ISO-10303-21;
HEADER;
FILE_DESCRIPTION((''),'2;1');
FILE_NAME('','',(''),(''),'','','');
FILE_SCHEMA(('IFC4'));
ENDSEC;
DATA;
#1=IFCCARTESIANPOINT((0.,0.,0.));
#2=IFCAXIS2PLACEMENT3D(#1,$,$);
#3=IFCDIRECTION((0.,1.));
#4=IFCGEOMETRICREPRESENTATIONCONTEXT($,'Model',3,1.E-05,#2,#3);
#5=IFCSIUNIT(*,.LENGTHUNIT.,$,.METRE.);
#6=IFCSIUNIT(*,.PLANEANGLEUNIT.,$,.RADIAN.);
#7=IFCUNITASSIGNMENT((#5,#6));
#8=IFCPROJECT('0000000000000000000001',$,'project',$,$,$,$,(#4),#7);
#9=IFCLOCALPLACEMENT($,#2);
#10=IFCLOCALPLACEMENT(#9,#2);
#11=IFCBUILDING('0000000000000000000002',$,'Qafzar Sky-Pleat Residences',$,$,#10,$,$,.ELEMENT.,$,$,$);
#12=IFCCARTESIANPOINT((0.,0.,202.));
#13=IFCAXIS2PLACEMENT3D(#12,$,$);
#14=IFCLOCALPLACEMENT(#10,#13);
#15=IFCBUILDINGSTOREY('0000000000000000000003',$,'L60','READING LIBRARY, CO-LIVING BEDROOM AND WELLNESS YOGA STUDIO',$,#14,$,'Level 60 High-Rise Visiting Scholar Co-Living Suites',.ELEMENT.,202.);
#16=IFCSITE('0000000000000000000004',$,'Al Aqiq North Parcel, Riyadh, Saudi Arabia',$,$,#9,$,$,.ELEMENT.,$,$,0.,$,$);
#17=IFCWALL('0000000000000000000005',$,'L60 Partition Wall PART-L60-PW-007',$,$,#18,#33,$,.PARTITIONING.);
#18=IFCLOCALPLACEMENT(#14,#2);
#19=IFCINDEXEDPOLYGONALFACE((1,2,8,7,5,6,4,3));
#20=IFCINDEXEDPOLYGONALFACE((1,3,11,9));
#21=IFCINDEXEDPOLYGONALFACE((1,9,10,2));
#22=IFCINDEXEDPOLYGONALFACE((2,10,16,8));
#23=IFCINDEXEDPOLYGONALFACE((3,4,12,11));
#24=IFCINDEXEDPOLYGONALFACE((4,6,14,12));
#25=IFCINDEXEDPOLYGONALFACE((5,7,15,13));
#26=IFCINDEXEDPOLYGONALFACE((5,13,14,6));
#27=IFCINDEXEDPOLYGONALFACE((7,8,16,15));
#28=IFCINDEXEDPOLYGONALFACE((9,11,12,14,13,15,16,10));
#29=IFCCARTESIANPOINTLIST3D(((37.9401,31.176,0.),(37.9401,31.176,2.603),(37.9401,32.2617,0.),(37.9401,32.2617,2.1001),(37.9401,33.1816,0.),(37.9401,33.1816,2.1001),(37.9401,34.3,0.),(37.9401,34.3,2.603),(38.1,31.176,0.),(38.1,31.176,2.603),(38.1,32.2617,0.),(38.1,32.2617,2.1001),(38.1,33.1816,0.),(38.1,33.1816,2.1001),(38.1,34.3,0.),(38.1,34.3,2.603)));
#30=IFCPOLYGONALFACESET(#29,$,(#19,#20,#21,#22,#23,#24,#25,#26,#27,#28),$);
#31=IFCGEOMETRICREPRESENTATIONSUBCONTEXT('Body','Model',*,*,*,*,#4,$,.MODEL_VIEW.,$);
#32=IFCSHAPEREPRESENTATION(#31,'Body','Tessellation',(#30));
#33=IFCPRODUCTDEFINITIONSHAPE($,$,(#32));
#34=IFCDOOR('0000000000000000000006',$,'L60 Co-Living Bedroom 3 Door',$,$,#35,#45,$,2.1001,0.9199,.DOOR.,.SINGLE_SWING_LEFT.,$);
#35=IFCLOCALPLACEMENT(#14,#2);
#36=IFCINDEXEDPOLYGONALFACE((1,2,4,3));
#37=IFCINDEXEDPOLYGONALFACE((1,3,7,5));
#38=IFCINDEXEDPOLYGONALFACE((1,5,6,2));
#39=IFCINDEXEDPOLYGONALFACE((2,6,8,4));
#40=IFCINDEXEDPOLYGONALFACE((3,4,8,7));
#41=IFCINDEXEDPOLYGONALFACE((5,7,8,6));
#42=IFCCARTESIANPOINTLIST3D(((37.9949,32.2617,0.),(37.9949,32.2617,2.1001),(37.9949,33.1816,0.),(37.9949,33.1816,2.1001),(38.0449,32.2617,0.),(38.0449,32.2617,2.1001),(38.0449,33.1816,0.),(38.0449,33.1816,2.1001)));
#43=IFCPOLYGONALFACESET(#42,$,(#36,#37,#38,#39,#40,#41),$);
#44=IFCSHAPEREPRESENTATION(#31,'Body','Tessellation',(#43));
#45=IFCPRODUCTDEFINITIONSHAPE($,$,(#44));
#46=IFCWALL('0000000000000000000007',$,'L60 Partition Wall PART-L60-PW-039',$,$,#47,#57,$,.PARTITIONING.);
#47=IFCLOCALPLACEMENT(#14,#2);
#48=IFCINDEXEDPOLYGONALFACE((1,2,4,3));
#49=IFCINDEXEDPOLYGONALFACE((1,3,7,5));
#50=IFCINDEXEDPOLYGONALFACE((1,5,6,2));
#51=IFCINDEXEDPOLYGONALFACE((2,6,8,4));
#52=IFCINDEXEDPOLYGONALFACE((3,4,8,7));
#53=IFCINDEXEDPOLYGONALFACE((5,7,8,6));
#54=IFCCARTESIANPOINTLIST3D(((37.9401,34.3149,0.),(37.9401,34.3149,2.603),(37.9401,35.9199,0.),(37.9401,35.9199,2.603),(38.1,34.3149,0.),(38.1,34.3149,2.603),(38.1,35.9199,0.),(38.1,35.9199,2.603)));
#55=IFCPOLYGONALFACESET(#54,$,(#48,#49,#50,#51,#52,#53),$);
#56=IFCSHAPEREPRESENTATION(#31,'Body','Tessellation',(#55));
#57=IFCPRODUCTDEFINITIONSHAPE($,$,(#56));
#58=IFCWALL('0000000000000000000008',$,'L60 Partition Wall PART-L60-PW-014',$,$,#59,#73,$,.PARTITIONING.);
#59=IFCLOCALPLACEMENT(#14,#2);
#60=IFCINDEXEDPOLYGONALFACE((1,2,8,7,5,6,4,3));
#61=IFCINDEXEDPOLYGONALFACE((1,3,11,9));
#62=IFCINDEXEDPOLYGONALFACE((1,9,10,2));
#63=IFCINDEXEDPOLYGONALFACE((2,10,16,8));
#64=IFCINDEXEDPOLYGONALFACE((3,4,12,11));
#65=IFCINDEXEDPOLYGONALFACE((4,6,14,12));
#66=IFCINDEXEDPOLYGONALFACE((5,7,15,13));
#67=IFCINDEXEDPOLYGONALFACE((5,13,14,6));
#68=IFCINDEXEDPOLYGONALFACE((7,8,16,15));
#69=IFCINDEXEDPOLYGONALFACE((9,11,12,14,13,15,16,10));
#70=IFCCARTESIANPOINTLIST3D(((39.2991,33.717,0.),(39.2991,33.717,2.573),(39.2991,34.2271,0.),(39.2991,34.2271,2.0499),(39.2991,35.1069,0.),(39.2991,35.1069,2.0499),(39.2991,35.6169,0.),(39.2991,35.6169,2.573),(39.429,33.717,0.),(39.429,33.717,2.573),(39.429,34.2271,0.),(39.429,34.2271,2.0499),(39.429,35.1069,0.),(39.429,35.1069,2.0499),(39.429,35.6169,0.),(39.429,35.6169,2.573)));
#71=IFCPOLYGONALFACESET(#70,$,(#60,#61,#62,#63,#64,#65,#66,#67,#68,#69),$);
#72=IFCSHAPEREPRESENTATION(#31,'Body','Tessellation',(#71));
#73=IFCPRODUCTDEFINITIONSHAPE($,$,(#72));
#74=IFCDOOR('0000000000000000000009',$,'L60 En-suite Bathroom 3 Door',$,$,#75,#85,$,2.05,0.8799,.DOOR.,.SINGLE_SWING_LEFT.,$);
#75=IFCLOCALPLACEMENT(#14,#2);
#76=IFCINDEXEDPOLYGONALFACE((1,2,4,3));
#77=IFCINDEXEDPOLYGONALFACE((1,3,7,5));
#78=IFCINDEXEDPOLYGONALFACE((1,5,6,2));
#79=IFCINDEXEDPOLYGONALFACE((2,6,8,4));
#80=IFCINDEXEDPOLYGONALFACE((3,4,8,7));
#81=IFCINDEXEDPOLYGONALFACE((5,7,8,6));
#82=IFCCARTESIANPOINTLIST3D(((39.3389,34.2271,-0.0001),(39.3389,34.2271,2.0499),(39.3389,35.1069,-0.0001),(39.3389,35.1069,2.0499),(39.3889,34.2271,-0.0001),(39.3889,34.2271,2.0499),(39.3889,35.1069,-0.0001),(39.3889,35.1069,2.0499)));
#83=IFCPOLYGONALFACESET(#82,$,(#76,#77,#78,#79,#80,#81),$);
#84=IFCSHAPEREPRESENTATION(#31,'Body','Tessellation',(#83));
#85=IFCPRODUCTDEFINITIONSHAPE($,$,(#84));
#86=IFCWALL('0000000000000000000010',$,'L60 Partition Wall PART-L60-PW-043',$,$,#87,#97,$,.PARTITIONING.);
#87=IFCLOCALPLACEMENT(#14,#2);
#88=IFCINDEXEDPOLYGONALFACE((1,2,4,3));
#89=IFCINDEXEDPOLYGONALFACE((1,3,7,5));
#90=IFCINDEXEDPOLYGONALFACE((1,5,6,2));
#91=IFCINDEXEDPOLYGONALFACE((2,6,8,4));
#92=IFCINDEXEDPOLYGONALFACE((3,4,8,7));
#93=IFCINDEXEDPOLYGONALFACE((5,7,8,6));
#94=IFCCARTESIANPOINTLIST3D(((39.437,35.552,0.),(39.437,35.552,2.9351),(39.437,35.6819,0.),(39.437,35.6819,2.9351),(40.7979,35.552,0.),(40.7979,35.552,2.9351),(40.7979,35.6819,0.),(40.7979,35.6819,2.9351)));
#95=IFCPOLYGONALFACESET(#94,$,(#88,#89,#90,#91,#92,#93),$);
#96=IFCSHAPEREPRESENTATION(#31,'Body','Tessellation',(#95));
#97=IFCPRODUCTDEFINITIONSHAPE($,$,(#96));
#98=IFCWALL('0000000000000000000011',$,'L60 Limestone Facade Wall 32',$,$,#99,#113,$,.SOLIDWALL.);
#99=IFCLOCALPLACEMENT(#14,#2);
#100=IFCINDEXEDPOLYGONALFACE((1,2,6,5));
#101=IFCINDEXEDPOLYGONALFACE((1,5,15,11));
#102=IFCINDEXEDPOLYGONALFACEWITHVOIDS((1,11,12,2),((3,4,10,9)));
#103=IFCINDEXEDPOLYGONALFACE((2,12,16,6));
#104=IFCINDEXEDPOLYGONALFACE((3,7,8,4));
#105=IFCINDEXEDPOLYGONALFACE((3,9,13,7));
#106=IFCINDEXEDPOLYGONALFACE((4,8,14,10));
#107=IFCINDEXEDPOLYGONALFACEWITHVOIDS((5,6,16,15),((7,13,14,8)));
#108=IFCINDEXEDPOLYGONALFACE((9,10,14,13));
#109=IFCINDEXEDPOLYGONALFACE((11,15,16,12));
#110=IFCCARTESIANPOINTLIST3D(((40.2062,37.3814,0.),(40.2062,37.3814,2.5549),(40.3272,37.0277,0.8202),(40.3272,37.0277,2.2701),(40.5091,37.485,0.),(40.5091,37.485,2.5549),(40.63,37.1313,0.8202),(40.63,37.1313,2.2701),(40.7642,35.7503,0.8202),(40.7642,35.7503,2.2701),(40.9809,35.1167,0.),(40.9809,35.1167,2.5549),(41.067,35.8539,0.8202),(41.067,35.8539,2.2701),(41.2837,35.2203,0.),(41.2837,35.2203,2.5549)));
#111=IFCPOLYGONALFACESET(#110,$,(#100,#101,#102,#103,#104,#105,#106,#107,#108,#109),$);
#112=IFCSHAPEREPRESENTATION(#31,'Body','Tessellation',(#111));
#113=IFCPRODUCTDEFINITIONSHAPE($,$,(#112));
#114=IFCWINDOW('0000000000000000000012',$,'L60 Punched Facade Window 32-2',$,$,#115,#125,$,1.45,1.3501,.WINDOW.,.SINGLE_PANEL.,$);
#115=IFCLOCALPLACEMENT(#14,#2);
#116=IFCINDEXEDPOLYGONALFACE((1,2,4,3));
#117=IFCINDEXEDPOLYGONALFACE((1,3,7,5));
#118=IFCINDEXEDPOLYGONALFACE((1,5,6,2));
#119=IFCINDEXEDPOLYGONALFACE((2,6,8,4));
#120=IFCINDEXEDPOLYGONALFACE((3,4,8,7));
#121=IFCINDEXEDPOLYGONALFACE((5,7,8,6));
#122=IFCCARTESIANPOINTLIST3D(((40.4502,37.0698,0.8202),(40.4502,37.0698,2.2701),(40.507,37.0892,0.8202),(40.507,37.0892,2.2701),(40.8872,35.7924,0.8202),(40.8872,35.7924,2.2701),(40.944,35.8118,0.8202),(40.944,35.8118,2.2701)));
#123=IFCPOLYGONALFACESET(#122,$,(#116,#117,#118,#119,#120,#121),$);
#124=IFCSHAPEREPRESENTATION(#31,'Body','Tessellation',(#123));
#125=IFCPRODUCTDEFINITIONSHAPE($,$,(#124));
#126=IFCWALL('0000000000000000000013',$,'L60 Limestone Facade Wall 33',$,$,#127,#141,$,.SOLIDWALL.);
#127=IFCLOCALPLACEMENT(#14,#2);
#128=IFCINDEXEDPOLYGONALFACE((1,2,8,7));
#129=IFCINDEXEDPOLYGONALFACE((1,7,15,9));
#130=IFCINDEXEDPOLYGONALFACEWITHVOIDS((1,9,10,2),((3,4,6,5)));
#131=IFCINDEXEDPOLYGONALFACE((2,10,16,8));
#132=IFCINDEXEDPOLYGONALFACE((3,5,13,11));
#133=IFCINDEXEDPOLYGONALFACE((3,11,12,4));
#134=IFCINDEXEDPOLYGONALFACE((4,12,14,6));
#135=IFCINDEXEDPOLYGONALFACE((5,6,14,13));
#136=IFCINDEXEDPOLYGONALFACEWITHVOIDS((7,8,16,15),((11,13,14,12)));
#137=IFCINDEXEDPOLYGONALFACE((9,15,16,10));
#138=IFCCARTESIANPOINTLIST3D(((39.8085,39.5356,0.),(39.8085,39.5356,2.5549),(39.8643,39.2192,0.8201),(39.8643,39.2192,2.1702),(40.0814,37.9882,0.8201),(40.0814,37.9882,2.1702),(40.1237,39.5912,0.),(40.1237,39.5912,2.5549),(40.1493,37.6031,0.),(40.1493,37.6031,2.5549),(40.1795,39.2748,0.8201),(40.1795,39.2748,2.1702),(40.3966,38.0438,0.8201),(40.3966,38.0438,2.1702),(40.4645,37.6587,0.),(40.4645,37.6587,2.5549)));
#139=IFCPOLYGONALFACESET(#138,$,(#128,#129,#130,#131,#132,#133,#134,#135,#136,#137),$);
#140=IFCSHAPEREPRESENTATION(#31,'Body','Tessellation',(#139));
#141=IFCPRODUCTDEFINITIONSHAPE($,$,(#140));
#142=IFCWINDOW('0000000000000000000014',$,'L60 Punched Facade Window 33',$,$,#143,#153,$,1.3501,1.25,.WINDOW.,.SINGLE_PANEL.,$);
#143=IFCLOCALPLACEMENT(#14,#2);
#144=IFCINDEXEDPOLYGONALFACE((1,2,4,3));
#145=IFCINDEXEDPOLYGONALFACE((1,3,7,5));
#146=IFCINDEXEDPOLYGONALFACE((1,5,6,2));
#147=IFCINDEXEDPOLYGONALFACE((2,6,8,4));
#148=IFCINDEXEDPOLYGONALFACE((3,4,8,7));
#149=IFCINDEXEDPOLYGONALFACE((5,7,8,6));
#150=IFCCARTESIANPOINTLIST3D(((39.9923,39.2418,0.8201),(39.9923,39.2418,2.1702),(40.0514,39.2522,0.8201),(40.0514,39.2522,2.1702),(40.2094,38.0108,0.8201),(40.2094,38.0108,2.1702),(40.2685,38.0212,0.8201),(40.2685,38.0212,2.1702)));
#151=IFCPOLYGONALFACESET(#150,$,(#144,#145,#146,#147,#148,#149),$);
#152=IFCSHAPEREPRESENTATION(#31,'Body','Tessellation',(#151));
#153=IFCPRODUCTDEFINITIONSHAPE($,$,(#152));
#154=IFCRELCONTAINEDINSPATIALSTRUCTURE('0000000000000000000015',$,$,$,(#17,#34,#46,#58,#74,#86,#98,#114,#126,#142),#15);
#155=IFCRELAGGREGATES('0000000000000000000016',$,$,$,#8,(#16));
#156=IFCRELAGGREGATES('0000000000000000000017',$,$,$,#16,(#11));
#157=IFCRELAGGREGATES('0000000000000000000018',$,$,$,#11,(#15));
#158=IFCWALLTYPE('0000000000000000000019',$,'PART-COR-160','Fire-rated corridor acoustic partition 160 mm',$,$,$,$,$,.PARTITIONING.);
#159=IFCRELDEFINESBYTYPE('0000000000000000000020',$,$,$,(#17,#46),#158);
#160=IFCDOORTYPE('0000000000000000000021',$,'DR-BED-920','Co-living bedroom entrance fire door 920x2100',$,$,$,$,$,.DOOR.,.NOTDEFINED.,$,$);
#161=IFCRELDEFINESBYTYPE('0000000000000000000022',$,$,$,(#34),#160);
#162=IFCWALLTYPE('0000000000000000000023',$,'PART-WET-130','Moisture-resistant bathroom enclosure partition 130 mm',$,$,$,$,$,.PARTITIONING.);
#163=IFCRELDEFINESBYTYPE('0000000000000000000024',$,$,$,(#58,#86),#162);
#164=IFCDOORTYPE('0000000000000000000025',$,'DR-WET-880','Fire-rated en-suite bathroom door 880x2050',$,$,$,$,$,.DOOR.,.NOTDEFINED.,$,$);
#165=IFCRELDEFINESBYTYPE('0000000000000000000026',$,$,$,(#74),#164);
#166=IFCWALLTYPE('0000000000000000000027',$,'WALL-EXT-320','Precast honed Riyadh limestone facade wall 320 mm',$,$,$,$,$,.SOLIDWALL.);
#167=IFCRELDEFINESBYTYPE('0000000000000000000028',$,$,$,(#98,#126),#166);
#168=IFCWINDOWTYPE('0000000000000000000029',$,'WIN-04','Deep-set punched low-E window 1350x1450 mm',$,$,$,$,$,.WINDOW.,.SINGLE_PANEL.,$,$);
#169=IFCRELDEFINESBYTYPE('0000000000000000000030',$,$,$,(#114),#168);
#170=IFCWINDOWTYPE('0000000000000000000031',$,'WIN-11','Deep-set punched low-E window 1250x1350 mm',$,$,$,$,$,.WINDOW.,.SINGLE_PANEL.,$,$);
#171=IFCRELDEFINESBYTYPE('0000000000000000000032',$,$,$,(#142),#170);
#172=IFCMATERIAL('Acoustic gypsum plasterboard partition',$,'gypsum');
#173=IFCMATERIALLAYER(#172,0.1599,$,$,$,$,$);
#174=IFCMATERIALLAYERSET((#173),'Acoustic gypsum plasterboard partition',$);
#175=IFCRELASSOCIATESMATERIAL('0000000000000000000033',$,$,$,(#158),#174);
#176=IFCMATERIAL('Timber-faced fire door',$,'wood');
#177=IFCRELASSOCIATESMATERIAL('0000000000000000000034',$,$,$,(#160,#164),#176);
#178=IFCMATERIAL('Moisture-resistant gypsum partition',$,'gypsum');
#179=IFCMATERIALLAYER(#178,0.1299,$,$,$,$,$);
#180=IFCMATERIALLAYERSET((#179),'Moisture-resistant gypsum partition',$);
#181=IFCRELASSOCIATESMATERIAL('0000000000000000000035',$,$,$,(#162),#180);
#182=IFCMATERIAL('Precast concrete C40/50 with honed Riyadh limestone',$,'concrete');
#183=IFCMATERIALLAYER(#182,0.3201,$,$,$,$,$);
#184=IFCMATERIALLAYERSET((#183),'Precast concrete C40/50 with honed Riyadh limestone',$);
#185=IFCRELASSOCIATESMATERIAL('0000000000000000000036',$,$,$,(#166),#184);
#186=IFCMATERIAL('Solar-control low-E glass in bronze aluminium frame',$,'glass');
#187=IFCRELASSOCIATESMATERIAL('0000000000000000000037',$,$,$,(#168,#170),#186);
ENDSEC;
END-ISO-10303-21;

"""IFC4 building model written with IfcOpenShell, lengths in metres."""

from ifc_helpers import new_model, si_unit, direction, frame, frame_2d, origin, place, context, subcontext, project, spatial, rectangle, extrude, source, transform, mapped, material, layer, layer_set, type_object, element, fill, save


model = new_model("IFC4")

# Units and contexts
model_context = context("Model", 3, precision=1e-05, world=origin(), true_north=direction((0.0, 1.0)))
body_context = subcontext(model_context, "Body", "Model", "MODEL_VIEW")
ifc_project = project(units=[si_unit("LENGTHUNIT", "METRE"), si_unit("PLANEANGLEUNIT", "RADIAN")], contexts=[model_context])

# Site, building, storey
site_placement = place(None, origin())
site = spatial("IfcSite", under=ifc_project, at=site_placement, Name="Al Aqiq North Parcel, Riyadh, Saudi Arabia", CompositionType="ELEMENT", RefElevation=0.0)
building_placement = place(site_placement, origin())
building = spatial("IfcBuilding", under=site, at=building_placement, Name="Qafzar Sky-Pleat Residences", CompositionType="ELEMENT")
storey_placement = place(building_placement, frame((0.0, 0.0, 202.0)))
storey = spatial("IfcBuildingStorey", under=building, at=storey_placement, Name="L60", Description="READING LIBRARY, CO-LIVING BEDROOM AND WELLNESS YOGA STUDIO", LongName="Level 60 High-Rise Visiting Scholar Co-Living Suites", CompositionType="ELEMENT", Elevation=202.0)

# Wall, opening, door
ifc_material_1 = material(Name="Acoustic gypsum plasterboard partition", Category="gypsum")
ifc_layer_1 = layer(ifc_material_1, 0.1599)
ifc_layer_set_1 = layer_set([ifc_layer_1], Name="Acoustic gypsum plasterboard partition")
wall_type_1 = type_object("IfcWallType", Name="PART-COR-160", Description="Fire-rated corridor acoustic partition 160 mm", PredefinedType="PARTITIONING", material=ifc_layer_set_1)
wall_1_placement = place(storey_placement, frame((38.02, 34.3, 0.0), z_axis=(0.0, 0.0, 1.0), x_axis=(0.0, -1.0, 0.0)))
wall_1 = element("IfcWall", 1, at=wall_1_placement, inside=storey, type_object=wall_type_1, Name="L60 Partition Wall PART-L60-PW-007", PredefinedType="PARTITIONING", context=body_context, shape_type="SweptSolid", body=[
    extrude(rectangle(XDim=3.124, YDim=0.1599, at=frame_2d((1.562, 0.0))), origin(), (0.0, 0.0, 1.0), 2.603),
])
opening_1_placement = place(wall_1_placement, frame((1.1184, 0.0, 0.0)))
opening_1 = element("IfcOpeningElement", 2, at=opening_1_placement, cuts=wall_1, PredefinedType="OPENING", context=body_context, shape_type="SweptSolid", body=[
    extrude(rectangle(XDim=0.9199, YDim=2.1001, at=frame_2d((0.46, 1.05))), frame((0.0, 0.0898, 0.0), z_axis=(0.0, -1.0, 0.0), x_axis=(1.0, 0.0, 0.0)), (0.0, 0.0, 1.0), 0.1799),
])
ifc_material_2 = material(Name="Timber-faced fire door", Category="wood")
door_type_1 = type_object("IfcDoorType", Name="DR-BED-920", Description="Co-living bedroom entrance fire door 920x2100", OperationType="NOTDEFINED", PredefinedType="DOOR", material=ifc_material_2)
shared_shape_1 = source(origin(), body_context, "Body", "SweptSolid", [
    extrude(rectangle(XDim=0.9199, YDim=2.1001, at=frame_2d((0.46, 1.05))), frame((0.0, 0.0249, 0.0), z_axis=(0.0, -1.0, 0.0), x_axis=(1.0, 0.0, 0.0)), (0.0, 0.0, 1.0), 0.05),
])
door_1_placement = place(opening_1_placement, origin())
door_1 = element("IfcDoor", 3, at=door_1_placement, inside=storey, type_object=door_type_1, Name="L60 Co-Living Bedroom 3 Door", OperationType="SINGLE_SWING_LEFT", OverallHeight=2.1001, OverallWidth=0.9199, PredefinedType="DOOR", context=body_context, shape_type="MappedRepresentation", body=[
    mapped(shared_shape_1, transform((0.0, 0.0, 0.0), x_axis=(1.0, 0.0, 0.0), y_axis=(0.0, 1.0, 0.0), z_axis=(0.0, 0.0, 1.0), scale=1.0)),
])
fill(opening_1, door_1)

# Wall
wall_2_placement = place(storey_placement, frame((38.02, 34.3149, 0.0), z_axis=(0.0, 0.0, 1.0), x_axis=(0.0, 1.0, 0.0)))
element("IfcWall", 4, at=wall_2_placement, inside=storey, type_object=wall_type_1, Name="L60 Partition Wall PART-L60-PW-039", PredefinedType="PARTITIONING", context=body_context, shape_type="SweptSolid", body=[
    extrude(rectangle(XDim=1.605, YDim=0.1599, at=frame_2d((0.8025, 0.0))), origin(), (0.0, 0.0, 1.0), 2.603),
])

# Wall, opening, door
ifc_material_3 = material(Name="Moisture-resistant gypsum partition", Category="gypsum")
ifc_layer_2 = layer(ifc_material_3, 0.1299)
ifc_layer_set_2 = layer_set([ifc_layer_2], Name="Moisture-resistant gypsum partition")
wall_type_2 = type_object("IfcWallType", Name="PART-WET-130", Description="Moisture-resistant bathroom enclosure partition 130 mm", PredefinedType="PARTITIONING", material=ifc_layer_set_2)
wall_3_placement = place(storey_placement, frame((39.364, 35.6169, 0.0), z_axis=(0.0, 0.0, 1.0), x_axis=(0.0, -1.0, 0.0)))
wall_3 = element("IfcWall", 5, at=wall_3_placement, inside=storey, type_object=wall_type_2, Name="L60 Partition Wall PART-L60-PW-014", PredefinedType="PARTITIONING", context=body_context, shape_type="SweptSolid", body=[
    extrude(rectangle(XDim=1.8999, YDim=0.1299, at=frame_2d((0.95, 0.0))), origin(), (0.0, 0.0, 1.0), 2.573),
])
opening_2_placement = place(wall_3_placement, frame((0.51, 0.0, 0.0)))
opening_2 = element("IfcOpeningElement", 6, at=opening_2_placement, cuts=wall_3, PredefinedType="OPENING", context=body_context, shape_type="SweptSolid", body=[
    extrude(rectangle(XDim=0.8799, YDim=2.05, at=frame_2d((0.4399, 1.0249))), frame((0.0, 0.075, 0.0), z_axis=(0.0, -1.0, 0.0), x_axis=(1.0, 0.0, 0.0)), (0.0, 0.0, 1.0), 0.1499),
])
door_type_2 = type_object("IfcDoorType", Name="DR-WET-880", Description="Fire-rated en-suite bathroom door 880x2050", OperationType="NOTDEFINED", PredefinedType="DOOR", material=ifc_material_2)
shared_shape_2 = source(origin(), body_context, "Body", "SweptSolid", [
    extrude(rectangle(XDim=0.8799, YDim=2.05, at=frame_2d((0.4399, 1.0249))), frame((0.0, 0.0249, 0.0), z_axis=(0.0, -1.0, 0.0), x_axis=(1.0, 0.0, 0.0)), (0.0, 0.0, 1.0), 0.05),
])
door_2_placement = place(opening_2_placement, origin())
door_2 = element("IfcDoor", 7, at=door_2_placement, inside=storey, type_object=door_type_2, Name="L60 En-suite Bathroom 3 Door", OperationType="SINGLE_SWING_LEFT", OverallHeight=2.05, OverallWidth=0.8799, PredefinedType="DOOR", context=body_context, shape_type="MappedRepresentation", body=[
    mapped(shared_shape_2, transform((0.0, 0.0, 0.0), x_axis=(1.0, 0.0, 0.0), y_axis=(0.0, 1.0, 0.0), z_axis=(0.0, 0.0, 1.0), scale=1.0)),
])
fill(opening_2, door_2)

# Wall
wall_4_placement = place(storey_placement, frame((39.437, 35.6169, 0.0), z_axis=(0.0, 0.0, 1.0), x_axis=(1.0, 0.0, 0.0)))
element("IfcWall", 8, at=wall_4_placement, inside=storey, type_object=wall_type_2, Name="L60 Partition Wall PART-L60-PW-043", PredefinedType="PARTITIONING", context=body_context, shape_type="SweptSolid", body=[
    extrude(rectangle(XDim=1.3608, YDim=0.1299, at=frame_2d((0.6804, 0.0))), origin(), (0.0, 0.0, 1.0), 2.9351),
])

# Walls, openings, windows
ifc_material_4 = material(Name="Precast concrete C40/50 with honed Riyadh limestone", Category="concrete")
ifc_layer_3 = layer(ifc_material_4, 0.3201)
ifc_layer_set_3 = layer_set([ifc_layer_3], Name="Precast concrete C40/50 with honed Riyadh limestone")
wall_type_3 = type_object("IfcWallType", Name="WALL-EXT-320", Description="Precast honed Riyadh limestone facade wall 320 mm", PredefinedType="SOLIDWALL", material=ifc_layer_set_3)
wall_5_placement = place(storey_placement, frame((41.1323, 35.1685, 0.0), z_axis=(0.0, 0.0, 1.0), x_axis=(-0.323654, 0.946175, 0.0)))
wall_5 = element("IfcWall", 9, at=wall_5_placement, inside=storey, type_object=wall_type_3, Name="L60 Limestone Facade Wall 32", PredefinedType="SOLIDWALL", context=body_context, shape_type="SweptSolid", body=[
    extrude(rectangle(XDim=2.3936, YDim=0.3201, at=frame_2d((1.1968, 0.0))), origin(), (0.0, 0.0, 1.0), 2.5549),
])
opening_3_placement = place(wall_5_placement, frame((0.6697, 0.0, 0.8201)))
opening_3 = element("IfcOpeningElement", 10, at=opening_3_placement, cuts=wall_5, PredefinedType="OPENING", context=body_context, shape_type="SweptSolid", body=[
    extrude(rectangle(XDim=1.3501, YDim=1.45, at=frame_2d((0.675, 0.7251))), frame((0.0, 0.1699, 0.0), z_axis=(0.0, -1.0, 0.0), x_axis=(1.0, 0.0, 0.0)), (0.0, 0.0, 1.0), 0.3401),
])
ifc_material_5 = material(Name="Solar-control low-E glass in bronze aluminium frame", Category="glass")
window_type_1 = type_object("IfcWindowType", Name="WIN-04", Description="Deep-set punched low-E window 1350x1450 mm", PartitioningType="SINGLE_PANEL", PredefinedType="WINDOW", material=ifc_material_5)
shared_shape_3 = source(origin(), body_context, "Body", "SweptSolid", [
    extrude(rectangle(XDim=1.3501, YDim=1.45, at=frame_2d((0.675, 0.7251))), frame((0.0, 0.03, 0.0), z_axis=(0.0, -1.0, 0.0), x_axis=(1.0, 0.0, 0.0)), (0.0, 0.0, 1.0), 0.0601),
])
window_1_placement = place(opening_3_placement, origin())
window_1 = element("IfcWindow", 11, at=window_1_placement, inside=storey, type_object=window_type_1, Name="L60 Punched Facade Window 32-2", OverallHeight=1.45, OverallWidth=1.3501, PartitioningType="SINGLE_PANEL", PredefinedType="WINDOW", context=body_context, shape_type="MappedRepresentation", body=[
    mapped(shared_shape_3, transform((0.0, 0.0, 0.0), x_axis=(1.0, 0.0, 0.0), y_axis=(0.0, 1.0, 0.0), z_axis=(0.0, 0.0, 1.0), scale=1.0)),
])
fill(opening_3, window_1)
wall_6_placement = place(storey_placement, frame((40.3069, 37.6309, 0.0), z_axis=(0.0, 0.0, 1.0), x_axis=(-0.173672, 0.984804, 0.0)))
wall_6 = element("IfcWall", 12, at=wall_6_placement, inside=storey, type_object=wall_type_3, Name="L60 Limestone Facade Wall 33", PredefinedType="SOLIDWALL", context=body_context, shape_type="SweptSolid", body=[
    extrude(rectangle(XDim=1.9624, YDim=0.3201, at=frame_2d((0.9812, 0.0))), origin(), (0.0, 0.0, 1.0), 2.5549),
])
opening_4_placement = place(wall_6_placement, frame((0.3911, 0.0, 0.8201)))
opening_4 = element("IfcOpeningElement", 13, at=opening_4_placement, cuts=wall_6, PredefinedType="OPENING", context=body_context, shape_type="SweptSolid", body=[
    extrude(rectangle(XDim=1.25, YDim=1.3501, at=frame_2d((0.625, 0.675))), frame((0.0, 0.1699, 0.0), z_axis=(0.0, -1.0, 0.0), x_axis=(1.0, 0.0, 0.0)), (0.0, 0.0, 1.0), 0.3401),
])
window_type_2 = type_object("IfcWindowType", Name="WIN-11", Description="Deep-set punched low-E window 1250x1350 mm", PartitioningType="SINGLE_PANEL", PredefinedType="WINDOW", material=ifc_material_5)
shared_shape_4 = source(origin(), body_context, "Body", "SweptSolid", [
    extrude(rectangle(XDim=1.25, YDim=1.3501, at=frame_2d((0.625, 0.675))), frame((0.0, 0.03, 0.0), z_axis=(0.0, -1.0, 0.0), x_axis=(1.0, 0.0, 0.0)), (0.0, 0.0, 1.0), 0.0601),
])
window_2_placement = place(opening_4_placement, origin())
window_2 = element("IfcWindow", 14, at=window_2_placement, inside=storey, type_object=window_type_2, Name="L60 Punched Facade Window 33", OverallHeight=1.3501, OverallWidth=1.25, PartitioningType="SINGLE_PANEL", PredefinedType="WINDOW", context=body_context, shape_type="MappedRepresentation", body=[
    mapped(shared_shape_4, transform((0.0, 0.0, 0.0), x_axis=(1.0, 0.0, 0.0), y_axis=(0.0, 1.0, 0.0), z_axis=(0.0, 0.0, 1.0), scale=1.0)),
])
fill(opening_4, window_2)

save(model, "model.ifc")
